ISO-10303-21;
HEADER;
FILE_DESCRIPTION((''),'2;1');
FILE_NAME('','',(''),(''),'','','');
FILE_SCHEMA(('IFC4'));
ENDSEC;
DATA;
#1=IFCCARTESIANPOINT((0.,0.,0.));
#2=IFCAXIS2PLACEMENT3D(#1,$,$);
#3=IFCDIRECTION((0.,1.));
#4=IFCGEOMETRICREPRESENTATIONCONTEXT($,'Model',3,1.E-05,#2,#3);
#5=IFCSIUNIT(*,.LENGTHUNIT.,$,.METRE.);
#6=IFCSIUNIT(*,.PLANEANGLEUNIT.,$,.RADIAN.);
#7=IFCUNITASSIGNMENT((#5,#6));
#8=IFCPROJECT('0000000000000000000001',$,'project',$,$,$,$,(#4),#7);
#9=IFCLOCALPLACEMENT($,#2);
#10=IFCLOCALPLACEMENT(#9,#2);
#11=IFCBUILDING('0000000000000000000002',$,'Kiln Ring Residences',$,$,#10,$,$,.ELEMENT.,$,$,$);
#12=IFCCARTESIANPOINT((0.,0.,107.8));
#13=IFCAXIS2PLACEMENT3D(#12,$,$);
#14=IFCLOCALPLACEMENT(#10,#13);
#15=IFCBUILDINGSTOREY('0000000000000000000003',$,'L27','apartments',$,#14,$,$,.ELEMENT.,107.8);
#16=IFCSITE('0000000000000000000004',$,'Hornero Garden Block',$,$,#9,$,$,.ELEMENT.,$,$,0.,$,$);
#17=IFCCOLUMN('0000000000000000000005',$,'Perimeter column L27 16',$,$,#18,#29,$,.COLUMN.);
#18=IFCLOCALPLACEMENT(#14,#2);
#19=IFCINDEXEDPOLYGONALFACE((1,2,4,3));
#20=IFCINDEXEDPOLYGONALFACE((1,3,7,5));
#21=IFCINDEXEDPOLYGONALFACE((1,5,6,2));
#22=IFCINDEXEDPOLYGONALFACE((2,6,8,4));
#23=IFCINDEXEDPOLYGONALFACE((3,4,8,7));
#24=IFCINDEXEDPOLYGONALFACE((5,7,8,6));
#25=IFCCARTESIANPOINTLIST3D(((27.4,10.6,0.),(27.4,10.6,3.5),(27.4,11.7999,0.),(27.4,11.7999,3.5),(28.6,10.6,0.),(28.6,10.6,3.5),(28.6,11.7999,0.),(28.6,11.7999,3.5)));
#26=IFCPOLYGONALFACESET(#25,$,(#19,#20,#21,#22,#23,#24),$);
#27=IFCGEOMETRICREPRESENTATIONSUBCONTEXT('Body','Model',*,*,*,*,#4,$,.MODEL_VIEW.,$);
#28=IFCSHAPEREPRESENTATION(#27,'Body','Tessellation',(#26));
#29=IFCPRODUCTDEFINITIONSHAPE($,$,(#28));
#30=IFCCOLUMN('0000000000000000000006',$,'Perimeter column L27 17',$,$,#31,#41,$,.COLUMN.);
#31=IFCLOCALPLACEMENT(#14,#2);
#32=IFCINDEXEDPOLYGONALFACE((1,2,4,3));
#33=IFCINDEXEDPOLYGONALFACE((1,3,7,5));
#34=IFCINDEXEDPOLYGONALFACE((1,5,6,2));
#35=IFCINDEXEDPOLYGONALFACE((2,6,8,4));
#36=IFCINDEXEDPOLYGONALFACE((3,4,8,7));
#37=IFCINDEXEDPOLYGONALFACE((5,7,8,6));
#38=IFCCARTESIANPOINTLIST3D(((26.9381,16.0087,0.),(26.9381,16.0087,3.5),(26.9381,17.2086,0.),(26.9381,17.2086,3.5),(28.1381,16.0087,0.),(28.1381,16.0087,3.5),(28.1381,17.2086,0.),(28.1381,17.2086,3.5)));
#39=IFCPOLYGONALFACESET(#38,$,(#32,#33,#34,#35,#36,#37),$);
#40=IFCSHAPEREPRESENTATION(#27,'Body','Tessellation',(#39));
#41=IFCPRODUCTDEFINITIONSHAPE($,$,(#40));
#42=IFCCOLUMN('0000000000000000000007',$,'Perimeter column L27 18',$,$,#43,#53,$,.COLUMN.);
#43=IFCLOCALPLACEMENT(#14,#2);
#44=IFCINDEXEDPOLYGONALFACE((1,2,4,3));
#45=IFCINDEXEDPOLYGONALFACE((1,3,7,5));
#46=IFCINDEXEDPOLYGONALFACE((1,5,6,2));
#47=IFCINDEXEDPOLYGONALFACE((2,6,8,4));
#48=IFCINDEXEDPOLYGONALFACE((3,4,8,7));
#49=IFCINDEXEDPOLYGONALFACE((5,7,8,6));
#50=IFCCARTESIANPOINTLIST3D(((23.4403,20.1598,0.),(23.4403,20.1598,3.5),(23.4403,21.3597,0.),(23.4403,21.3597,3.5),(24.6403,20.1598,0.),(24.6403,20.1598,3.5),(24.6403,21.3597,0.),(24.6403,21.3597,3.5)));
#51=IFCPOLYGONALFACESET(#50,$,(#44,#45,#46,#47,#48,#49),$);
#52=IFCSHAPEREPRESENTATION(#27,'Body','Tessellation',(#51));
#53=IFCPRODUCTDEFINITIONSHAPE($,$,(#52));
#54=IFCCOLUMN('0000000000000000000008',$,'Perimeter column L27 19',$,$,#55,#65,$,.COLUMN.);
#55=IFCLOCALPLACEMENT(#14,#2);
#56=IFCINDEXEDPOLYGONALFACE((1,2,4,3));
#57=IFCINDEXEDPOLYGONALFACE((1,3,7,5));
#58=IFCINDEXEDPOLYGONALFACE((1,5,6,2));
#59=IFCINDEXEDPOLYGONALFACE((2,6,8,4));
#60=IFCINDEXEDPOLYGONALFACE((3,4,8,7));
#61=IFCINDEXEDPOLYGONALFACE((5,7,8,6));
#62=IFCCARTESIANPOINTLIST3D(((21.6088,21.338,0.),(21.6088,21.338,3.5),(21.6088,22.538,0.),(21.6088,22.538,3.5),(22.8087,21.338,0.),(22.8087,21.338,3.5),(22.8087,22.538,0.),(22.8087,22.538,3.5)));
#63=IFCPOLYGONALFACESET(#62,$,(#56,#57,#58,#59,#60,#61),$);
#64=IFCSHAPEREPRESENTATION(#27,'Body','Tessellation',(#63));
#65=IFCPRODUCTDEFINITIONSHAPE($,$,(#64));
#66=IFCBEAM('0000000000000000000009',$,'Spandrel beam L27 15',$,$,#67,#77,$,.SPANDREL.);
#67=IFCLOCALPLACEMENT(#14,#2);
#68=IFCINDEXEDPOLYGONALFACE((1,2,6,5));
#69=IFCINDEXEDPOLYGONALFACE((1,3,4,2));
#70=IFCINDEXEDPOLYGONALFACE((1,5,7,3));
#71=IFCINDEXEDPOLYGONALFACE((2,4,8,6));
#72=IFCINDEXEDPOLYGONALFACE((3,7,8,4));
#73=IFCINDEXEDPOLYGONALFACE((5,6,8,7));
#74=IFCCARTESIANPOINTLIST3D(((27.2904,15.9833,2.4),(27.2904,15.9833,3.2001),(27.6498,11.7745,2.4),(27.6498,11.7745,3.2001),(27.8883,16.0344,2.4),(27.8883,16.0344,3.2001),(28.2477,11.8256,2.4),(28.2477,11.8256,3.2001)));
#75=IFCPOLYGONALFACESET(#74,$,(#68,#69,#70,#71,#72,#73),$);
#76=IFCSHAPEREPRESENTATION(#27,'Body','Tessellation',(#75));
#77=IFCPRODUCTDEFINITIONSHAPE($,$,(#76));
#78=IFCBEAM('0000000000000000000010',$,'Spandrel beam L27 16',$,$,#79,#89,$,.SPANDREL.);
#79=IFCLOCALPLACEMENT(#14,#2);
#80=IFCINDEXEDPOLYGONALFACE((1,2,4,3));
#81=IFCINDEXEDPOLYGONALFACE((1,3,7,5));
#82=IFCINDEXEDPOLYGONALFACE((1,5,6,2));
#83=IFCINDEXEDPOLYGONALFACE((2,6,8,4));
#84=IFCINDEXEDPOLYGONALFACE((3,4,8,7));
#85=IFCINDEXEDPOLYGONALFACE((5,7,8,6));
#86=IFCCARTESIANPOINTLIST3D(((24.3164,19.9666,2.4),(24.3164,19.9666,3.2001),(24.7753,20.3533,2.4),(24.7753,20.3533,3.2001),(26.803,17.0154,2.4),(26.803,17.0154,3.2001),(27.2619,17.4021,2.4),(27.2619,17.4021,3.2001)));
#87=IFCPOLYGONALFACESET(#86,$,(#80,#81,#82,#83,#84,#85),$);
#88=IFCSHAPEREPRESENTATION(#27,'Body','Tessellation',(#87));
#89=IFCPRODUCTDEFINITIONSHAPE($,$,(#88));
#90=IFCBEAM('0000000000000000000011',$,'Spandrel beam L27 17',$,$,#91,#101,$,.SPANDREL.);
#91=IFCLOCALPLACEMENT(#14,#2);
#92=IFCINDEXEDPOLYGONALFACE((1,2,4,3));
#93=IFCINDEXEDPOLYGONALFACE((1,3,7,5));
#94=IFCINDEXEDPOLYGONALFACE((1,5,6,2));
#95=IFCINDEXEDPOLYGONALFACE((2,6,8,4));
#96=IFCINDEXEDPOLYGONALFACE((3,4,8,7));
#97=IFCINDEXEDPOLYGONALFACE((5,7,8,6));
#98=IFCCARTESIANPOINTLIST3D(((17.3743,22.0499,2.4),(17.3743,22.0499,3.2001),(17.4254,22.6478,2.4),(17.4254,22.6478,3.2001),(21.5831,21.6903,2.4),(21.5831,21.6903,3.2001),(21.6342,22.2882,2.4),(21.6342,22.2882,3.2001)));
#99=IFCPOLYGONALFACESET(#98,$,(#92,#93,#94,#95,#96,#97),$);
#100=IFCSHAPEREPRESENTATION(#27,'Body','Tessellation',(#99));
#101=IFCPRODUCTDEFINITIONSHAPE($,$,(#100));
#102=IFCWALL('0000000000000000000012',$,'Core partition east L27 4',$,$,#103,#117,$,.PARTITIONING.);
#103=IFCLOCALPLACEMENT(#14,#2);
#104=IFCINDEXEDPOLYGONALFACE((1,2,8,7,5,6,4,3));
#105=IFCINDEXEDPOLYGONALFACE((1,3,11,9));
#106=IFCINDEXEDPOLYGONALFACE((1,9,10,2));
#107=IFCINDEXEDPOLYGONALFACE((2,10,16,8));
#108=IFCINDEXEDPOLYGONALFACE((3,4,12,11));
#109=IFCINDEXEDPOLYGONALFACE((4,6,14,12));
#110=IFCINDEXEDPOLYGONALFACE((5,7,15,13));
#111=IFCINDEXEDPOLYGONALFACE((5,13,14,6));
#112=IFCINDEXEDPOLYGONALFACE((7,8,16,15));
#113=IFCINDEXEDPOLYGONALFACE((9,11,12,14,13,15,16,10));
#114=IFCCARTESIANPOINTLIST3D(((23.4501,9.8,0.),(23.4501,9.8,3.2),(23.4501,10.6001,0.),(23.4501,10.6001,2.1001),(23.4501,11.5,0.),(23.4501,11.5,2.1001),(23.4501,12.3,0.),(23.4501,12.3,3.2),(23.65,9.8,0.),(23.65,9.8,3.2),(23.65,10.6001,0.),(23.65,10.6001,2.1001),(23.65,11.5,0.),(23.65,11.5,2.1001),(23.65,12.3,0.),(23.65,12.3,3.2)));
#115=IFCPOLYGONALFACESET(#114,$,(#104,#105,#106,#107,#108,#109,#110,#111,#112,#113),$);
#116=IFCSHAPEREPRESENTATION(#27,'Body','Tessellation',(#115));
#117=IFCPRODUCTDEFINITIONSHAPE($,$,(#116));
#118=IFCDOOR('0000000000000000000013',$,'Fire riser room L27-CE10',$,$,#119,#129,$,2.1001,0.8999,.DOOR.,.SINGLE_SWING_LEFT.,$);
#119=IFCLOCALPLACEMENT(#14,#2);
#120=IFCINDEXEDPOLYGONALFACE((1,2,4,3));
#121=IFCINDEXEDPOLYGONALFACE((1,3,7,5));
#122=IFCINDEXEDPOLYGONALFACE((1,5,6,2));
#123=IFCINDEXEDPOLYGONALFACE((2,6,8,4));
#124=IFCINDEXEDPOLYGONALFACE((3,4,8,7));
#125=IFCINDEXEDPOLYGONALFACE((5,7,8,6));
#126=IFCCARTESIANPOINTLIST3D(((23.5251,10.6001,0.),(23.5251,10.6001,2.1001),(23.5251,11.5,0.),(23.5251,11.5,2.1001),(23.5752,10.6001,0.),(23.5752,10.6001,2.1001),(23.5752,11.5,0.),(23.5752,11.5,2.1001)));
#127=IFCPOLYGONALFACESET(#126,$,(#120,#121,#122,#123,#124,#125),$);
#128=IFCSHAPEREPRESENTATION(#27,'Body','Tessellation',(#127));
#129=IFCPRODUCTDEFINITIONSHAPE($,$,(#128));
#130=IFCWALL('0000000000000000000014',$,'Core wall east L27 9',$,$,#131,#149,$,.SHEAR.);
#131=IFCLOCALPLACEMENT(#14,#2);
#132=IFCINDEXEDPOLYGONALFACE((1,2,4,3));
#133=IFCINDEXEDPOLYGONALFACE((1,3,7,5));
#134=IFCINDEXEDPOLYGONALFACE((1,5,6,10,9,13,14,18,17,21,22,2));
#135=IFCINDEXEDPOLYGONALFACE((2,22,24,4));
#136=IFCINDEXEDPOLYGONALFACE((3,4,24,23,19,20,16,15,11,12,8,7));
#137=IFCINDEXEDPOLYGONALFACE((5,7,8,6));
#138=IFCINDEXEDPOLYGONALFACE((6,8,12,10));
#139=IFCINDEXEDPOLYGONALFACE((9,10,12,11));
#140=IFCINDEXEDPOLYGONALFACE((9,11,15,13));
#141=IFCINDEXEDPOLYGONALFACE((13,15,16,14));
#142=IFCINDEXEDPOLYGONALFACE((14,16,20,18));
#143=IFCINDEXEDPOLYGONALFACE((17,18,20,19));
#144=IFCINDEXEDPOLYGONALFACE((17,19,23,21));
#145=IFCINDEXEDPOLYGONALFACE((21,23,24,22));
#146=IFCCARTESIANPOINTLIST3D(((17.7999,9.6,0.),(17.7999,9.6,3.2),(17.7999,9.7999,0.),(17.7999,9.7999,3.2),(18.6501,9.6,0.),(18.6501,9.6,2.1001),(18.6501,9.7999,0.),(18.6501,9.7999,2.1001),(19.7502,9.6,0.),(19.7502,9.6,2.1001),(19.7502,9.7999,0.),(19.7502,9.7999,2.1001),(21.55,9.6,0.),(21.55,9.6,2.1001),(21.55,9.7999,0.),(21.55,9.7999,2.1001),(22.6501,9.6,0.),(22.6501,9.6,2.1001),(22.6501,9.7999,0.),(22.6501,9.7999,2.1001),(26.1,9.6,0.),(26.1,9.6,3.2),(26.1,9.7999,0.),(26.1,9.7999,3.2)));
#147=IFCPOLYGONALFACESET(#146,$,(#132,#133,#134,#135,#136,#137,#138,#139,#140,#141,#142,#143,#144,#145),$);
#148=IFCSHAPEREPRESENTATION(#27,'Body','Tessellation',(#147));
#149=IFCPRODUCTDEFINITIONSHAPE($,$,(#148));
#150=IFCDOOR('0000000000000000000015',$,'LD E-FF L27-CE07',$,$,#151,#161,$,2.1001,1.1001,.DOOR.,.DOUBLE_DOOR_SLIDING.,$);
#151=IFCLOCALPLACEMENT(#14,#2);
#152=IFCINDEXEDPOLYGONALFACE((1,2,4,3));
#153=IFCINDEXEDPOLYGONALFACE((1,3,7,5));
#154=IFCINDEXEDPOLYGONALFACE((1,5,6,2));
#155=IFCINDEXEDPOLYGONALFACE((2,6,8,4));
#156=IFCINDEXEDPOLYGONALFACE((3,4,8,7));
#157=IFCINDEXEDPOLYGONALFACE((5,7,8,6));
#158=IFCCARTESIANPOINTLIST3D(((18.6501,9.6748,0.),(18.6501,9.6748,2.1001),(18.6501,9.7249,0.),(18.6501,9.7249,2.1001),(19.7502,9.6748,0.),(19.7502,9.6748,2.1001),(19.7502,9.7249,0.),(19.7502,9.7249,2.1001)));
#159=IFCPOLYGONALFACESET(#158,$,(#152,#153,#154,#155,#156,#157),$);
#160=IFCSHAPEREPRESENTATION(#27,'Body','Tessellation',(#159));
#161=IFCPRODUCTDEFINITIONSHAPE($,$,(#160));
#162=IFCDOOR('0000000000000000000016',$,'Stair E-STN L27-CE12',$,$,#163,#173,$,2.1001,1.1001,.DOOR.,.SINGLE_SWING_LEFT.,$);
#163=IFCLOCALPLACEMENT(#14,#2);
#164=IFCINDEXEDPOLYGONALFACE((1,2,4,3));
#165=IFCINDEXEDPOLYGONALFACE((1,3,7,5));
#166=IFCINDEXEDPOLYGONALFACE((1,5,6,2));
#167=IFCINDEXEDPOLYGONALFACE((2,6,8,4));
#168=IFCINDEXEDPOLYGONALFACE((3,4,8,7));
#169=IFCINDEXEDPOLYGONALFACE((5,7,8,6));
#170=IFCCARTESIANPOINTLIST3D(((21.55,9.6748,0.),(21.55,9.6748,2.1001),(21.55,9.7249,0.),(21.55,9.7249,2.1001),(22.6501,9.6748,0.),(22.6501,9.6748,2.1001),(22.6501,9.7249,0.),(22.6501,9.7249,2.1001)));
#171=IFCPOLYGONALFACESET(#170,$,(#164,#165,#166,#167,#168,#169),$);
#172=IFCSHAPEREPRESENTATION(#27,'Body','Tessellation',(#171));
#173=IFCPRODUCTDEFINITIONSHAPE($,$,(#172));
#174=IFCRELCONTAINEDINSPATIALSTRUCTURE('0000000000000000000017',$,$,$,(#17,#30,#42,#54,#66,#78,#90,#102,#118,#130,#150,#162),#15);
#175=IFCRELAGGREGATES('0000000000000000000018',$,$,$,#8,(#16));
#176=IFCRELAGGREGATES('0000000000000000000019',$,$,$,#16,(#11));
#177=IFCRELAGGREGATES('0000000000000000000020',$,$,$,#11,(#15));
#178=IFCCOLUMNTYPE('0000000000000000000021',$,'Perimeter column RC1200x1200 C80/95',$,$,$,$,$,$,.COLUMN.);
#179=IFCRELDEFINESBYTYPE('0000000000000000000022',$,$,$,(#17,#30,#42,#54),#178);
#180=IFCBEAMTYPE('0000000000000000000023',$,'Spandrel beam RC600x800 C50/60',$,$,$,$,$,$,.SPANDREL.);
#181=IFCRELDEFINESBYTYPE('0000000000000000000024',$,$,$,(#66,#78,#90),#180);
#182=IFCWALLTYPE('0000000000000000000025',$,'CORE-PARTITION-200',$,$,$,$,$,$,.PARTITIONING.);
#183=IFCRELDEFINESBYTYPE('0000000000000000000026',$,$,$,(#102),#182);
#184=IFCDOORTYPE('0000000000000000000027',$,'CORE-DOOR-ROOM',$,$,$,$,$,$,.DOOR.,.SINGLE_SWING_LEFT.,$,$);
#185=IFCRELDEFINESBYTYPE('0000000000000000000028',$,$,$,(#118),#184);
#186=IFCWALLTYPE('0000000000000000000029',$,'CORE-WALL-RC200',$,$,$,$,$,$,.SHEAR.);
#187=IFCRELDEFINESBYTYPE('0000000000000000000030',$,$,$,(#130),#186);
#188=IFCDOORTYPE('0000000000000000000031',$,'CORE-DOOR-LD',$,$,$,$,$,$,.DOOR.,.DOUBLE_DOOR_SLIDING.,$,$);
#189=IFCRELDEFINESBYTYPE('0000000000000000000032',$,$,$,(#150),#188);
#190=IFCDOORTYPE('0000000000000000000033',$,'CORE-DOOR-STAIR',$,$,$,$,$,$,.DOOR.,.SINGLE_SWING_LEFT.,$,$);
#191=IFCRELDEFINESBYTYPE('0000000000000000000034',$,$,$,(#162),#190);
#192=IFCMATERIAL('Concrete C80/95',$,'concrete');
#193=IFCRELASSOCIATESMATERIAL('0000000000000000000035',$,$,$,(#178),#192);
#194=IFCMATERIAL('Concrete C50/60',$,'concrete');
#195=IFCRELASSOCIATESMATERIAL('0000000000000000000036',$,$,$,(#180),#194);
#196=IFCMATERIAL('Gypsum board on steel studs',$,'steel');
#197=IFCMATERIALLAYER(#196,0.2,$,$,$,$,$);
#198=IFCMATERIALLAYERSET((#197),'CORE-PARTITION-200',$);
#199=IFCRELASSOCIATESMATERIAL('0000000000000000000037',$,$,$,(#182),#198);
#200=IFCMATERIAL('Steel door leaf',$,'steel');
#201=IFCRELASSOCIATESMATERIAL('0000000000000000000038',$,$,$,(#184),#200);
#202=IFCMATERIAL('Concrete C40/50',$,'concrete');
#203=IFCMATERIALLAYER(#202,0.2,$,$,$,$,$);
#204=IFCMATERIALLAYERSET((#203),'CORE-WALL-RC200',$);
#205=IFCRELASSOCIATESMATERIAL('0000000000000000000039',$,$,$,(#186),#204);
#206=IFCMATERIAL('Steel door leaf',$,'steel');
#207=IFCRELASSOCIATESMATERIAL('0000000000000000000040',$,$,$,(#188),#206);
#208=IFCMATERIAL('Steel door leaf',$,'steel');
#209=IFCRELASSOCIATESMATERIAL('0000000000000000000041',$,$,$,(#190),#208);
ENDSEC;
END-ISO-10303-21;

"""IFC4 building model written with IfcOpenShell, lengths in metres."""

from ifc_helpers import new_model, si_unit, direction, frame, frame_2d, origin, origin_2d, place, context, subcontext, project, spatial, rectangle, extrude, material, layer, layer_set, material_profile, profile_set, type_object, element, fill, save


model = new_model("IFC4")

# Units and contexts
model_context = context("Model", 3, precision=1e-05, world=origin(), true_north=direction((0.0, 1.0)))
body_context = subcontext(model_context, "Body", "Model", "MODEL_VIEW")
ifc_project = project(units=[si_unit("LENGTHUNIT", "METRE"), si_unit("PLANEANGLEUNIT", "RADIAN")], contexts=[model_context])

# Site, building, storey
site_placement = place(None, origin())
site = spatial("IfcSite", under=ifc_project, at=site_placement, Name="Hornero Garden Block", CompositionType="ELEMENT", RefElevation=0.0)
building_placement = place(site_placement, origin())
building = spatial("IfcBuilding", under=site, at=building_placement, Name="Kiln Ring Residences", CompositionType="ELEMENT")
storey_placement = place(building_placement, frame((0.0, 0.0, 107.8)))
storey = spatial("IfcBuildingStorey", under=building, at=storey_placement, Name="L27", Description="apartments", CompositionType="ELEMENT", Elevation=107.8)

# Columns
ifc_material_1 = material(Name="Concrete C80/95", Category="concrete")
ifc_material_profile_1 = material_profile(ifc_material_1, rectangle(XDim=1.2, YDim=1.2, at=origin_2d()), Name="RC1200x1200")
ifc_profile_set_1 = profile_set([ifc_material_profile_1], Name="Concrete C80/95")
column_type = type_object("IfcColumnType", Name="Perimeter column RC1200x1200 C80/95", PredefinedType="COLUMN", material=ifc_profile_set_1)
for number, where, z_axis, x_axis, name in (
    (1, (28.0, 11.2, 0.0), (0.0, 0.0, 1.0), (1.0, 0.0, 0.0), "Perimeter column L27 16"),
    (2, (27.5381, 16.6086, 0.0), (0.0, 0.0, 1.0), (1.0, 0.0, 0.0), "Perimeter column L27 17"),
    (3, (24.0403, 20.7598, 0.0), (0.0, 0.0, 1.0), (1.0, 0.0, 0.0), "Perimeter column L27 18"),
    (4, (22.2087, 21.938, 0.0), (0.0, 0.0, 1.0), (1.0, 0.0, 0.0), "Perimeter column L27 19"),
):
    element("IfcColumn", number, at=place(storey_placement, frame(where, z_axis=z_axis, x_axis=x_axis)), inside=storey, type_object=column_type, Name=name, PredefinedType="COLUMN", context=body_context, shape_type="SweptSolid", body=[
        extrude(rectangle(XDim=1.2, YDim=1.2, at=origin_2d()), origin(), (0.0, 0.0, 1.0), 3.5),
    ])

# Beams
ifc_material_2 = material(Name="Concrete C50/60", Category="concrete")
ifc_material_profile_2 = material_profile(ifc_material_2, rectangle(XDim=0.6001, YDim=0.8, at=origin_2d()), Name="RC600x800")
ifc_profile_set_2 = profile_set([ifc_material_profile_2], Name="Concrete C50/60")
beam_type = type_object("IfcBeamType", Name="Spandrel beam RC600x800 C50/60", PredefinedType="SPANDREL", material=ifc_profile_set_2)
beam_1_placement = place(storey_placement, frame((27.9487, 11.8, 2.8), z_axis=(-0.085078, 0.996374, 0.0), x_axis=(-0.996374, -0.085078, 0.0)))
element("IfcBeam", 5, at=beam_1_placement, inside=storey, type_object=beam_type, Name="Spandrel beam L27 15", PredefinedType="SPANDREL", context=body_context, shape_type="SweptSolid", body=[
    extrude(rectangle(XDim=0.6001, YDim=0.8, at=origin_2d()), origin(), (0.0, 0.0, 1.0), 4.2241),
])
beam_2_placement = place(storey_placement, frame((27.0325, 17.2087, 2.8), z_axis=(-0.644344, 0.764736, 0.0), x_axis=(-0.764736, -0.644344, 0.0)))
element("IfcBeam", 6, at=beam_2_placement, inside=storey, type_object=beam_type, Name="Spandrel beam L27 16", PredefinedType="SPANDREL", context=body_context, shape_type="SweptSolid", body=[
    extrude(rectangle(XDim=0.6001, YDim=0.8, at=origin_2d()), origin(), (0.0, 0.0, 1.0), 3.8591),
])
beam_3_placement = place(storey_placement, frame((21.6086, 21.9893, 2.8), z_axis=(-0.996369, 0.085136, 0.0), x_axis=(-0.085136, -0.996369, 0.0)))
element("IfcBeam", 7, at=beam_3_placement, inside=storey, type_object=beam_type, Name="Spandrel beam L27 17", PredefinedType="SPANDREL", context=body_context, shape_type="SweptSolid", body=[
    extrude(rectangle(XDim=0.6001, YDim=0.8, at=origin_2d()), origin(), (0.0, 0.0, 1.0), 4.2241),
])

# Wall, opening, door
ifc_material_3 = material(Name="Gypsum board on steel studs", Category="steel")
ifc_layer_1 = layer(ifc_material_3, 0.2)
ifc_layer_set_1 = layer_set([ifc_layer_1], Name="CORE-PARTITION-200")
wall_type_1 = type_object("IfcWallType", Name="CORE-PARTITION-200", PredefinedType="PARTITIONING", material=ifc_layer_set_1)
wall_1_placement = place(storey_placement, frame((23.55, 9.8, 0.0), z_axis=(0.0, 0.0, 1.0), x_axis=(0.0, 1.0, 0.0)))
wall_1 = element("IfcWall", 8, at=wall_1_placement, inside=storey, type_object=wall_type_1, Name="Core partition east L27 4", PredefinedType="PARTITIONING", context=body_context, shape_type="SweptSolid", body=[
    extrude(rectangle(XDim=2.5, YDim=0.2, at=frame_2d((1.25, 0.0))), origin(), (0.0, 0.0, 1.0), 3.2),
])
opening_1_placement = place(wall_1_placement, frame((0.8, 0.0, 0.0)))
opening_1 = element("IfcOpeningElement", 9, at=opening_1_placement, cuts=wall_1, PredefinedType="OPENING", context=body_context, shape_type="SweptSolid", body=[
    extrude(rectangle(XDim=0.8999, YDim=2.1001, at=frame_2d((0.45, 1.05))), frame((0.0, 0.1099, 0.0), z_axis=(0.0, -1.0, 0.0), x_axis=(1.0, 0.0, 0.0)), (0.0, 0.0, 1.0), 0.22),
])
ifc_material_4 = material(Name="Steel door leaf", Category="steel")
door_type_1 = type_object("IfcDoorType", Name="CORE-DOOR-ROOM", OperationType="SINGLE_SWING_LEFT", PredefinedType="DOOR", material=ifc_material_4)
door_1_placement = place(opening_1_placement, origin())
door_1 = element("IfcDoor", 10, at=door_1_placement, inside=storey, type_object=door_type_1, Name="Fire riser room L27-CE10", OperationType="SINGLE_SWING_LEFT", OverallHeight=2.1001, OverallWidth=0.8999, PredefinedType="DOOR", context=body_context, shape_type="SweptSolid", body=[
    extrude(rectangle(XDim=0.8999, YDim=2.1001, at=frame_2d((0.45, 1.05))), frame((0.0, 0.0249, 0.0), z_axis=(0.0, -1.0, 0.0), x_axis=(1.0, 0.0, 0.0)), (0.0, 0.0, 1.0), 0.05),
])
fill(opening_1, door_1)

# Wall, openings, doors
ifc_material_5 = material(Name="Concrete C40/50", Category="concrete")
ifc_layer_2 = layer(ifc_material_5, 0.2)
ifc_layer_set_2 = layer_set([ifc_layer_2], Name="CORE-WALL-RC200")
wall_type_2 = type_object("IfcWallType", Name="CORE-WALL-RC200", PredefinedType="SHEAR", material=ifc_layer_set_2)
wall_2_placement = place(storey_placement, frame((17.8, 9.7, 0.0), z_axis=(0.0, 0.0, 1.0), x_axis=(1.0, 0.0, 0.0)))
wall_2 = element("IfcWall", 11, at=wall_2_placement, inside=storey, type_object=wall_type_2, Name="Core wall east L27 9", PredefinedType="SHEAR", context=body_context, shape_type="SweptSolid", body=[
    extrude(rectangle(XDim=8.3, YDim=0.2, at=frame_2d((4.1499, 0.0))), origin(), (0.0, 0.0, 1.0), 3.2),
])
opening_2_placement = place(wall_2_placement, frame((0.8501, 0.0, 0.0)))
opening_2 = element("IfcOpeningElement", 12, at=opening_2_placement, cuts=wall_2, PredefinedType="OPENING", context=body_context, shape_type="SweptSolid", body=[
    extrude(rectangle(XDim=1.1001, YDim=2.1001, at=frame_2d((0.55, 1.05))), frame((0.0, 0.1099, 0.0), z_axis=(0.0, -1.0, 0.0), x_axis=(1.0, 0.0, 0.0)), (0.0, 0.0, 1.0), 0.22),
])
opening_3_placement = place(wall_2_placement, frame((3.75, 0.0, 0.0)))
opening_3 = element("IfcOpeningElement", 13, at=opening_3_placement, cuts=wall_2, PredefinedType="OPENING", context=body_context, shape_type="SweptSolid", body=[
    extrude(rectangle(XDim=1.1001, YDim=2.1001, at=frame_2d((0.55, 1.05))), frame((0.0, 0.1099, 0.0), z_axis=(0.0, -1.0, 0.0), x_axis=(1.0, 0.0, 0.0)), (0.0, 0.0, 1.0), 0.22),
])
ifc_material_6 = material(Name="Steel door leaf", Category="steel")
door_type_2 = type_object("IfcDoorType", Name="CORE-DOOR-LD", OperationType="DOUBLE_DOOR_SLIDING", PredefinedType="DOOR", material=ifc_material_6)
door_2_placement = place(opening_2_placement, origin())
door_2 = element("IfcDoor", 14, at=door_2_placement, inside=storey, type_object=door_type_2, Name="LD E-FF L27-CE07", OperationType="DOUBLE_DOOR_SLIDING", OverallHeight=2.1001, OverallWidth=1.1001, PredefinedType="DOOR", context=body_context, shape_type="SweptSolid", body=[
    extrude(rectangle(XDim=1.1001, YDim=2.1001, at=frame_2d((0.55, 1.05))), frame((0.0, 0.0249, 0.0), z_axis=(0.0, -1.0, 0.0), x_axis=(1.0, 0.0, 0.0)), (0.0, 0.0, 1.0), 0.05),
])
fill(opening_2, door_2)
ifc_material_7 = material(Name="Steel door leaf", Category="steel")
door_type_3 = type_object("IfcDoorType", Name="CORE-DOOR-STAIR", OperationType="SINGLE_SWING_LEFT", PredefinedType="DOOR", material=ifc_material_7)
door_3_placement = place(opening_3_placement, origin())
door_3 = element("IfcDoor", 15, at=door_3_placement, inside=storey, type_object=door_type_3, Name="Stair E-STN L27-CE12", OperationType="SINGLE_SWING_LEFT", OverallHeight=2.1001, OverallWidth=1.1001, PredefinedType="DOOR", context=body_context, shape_type="SweptSolid", body=[
    extrude(rectangle(XDim=1.1001, YDim=2.1001, at=frame_2d((0.55, 1.05))), frame((0.0, 0.0249, 0.0), z_axis=(0.0, -1.0, 0.0), x_axis=(1.0, 0.0, 0.0)), (0.0, 0.0, 1.0), 0.05),
])
fill(opening_3, door_3)

save(model, "model.ifc")
